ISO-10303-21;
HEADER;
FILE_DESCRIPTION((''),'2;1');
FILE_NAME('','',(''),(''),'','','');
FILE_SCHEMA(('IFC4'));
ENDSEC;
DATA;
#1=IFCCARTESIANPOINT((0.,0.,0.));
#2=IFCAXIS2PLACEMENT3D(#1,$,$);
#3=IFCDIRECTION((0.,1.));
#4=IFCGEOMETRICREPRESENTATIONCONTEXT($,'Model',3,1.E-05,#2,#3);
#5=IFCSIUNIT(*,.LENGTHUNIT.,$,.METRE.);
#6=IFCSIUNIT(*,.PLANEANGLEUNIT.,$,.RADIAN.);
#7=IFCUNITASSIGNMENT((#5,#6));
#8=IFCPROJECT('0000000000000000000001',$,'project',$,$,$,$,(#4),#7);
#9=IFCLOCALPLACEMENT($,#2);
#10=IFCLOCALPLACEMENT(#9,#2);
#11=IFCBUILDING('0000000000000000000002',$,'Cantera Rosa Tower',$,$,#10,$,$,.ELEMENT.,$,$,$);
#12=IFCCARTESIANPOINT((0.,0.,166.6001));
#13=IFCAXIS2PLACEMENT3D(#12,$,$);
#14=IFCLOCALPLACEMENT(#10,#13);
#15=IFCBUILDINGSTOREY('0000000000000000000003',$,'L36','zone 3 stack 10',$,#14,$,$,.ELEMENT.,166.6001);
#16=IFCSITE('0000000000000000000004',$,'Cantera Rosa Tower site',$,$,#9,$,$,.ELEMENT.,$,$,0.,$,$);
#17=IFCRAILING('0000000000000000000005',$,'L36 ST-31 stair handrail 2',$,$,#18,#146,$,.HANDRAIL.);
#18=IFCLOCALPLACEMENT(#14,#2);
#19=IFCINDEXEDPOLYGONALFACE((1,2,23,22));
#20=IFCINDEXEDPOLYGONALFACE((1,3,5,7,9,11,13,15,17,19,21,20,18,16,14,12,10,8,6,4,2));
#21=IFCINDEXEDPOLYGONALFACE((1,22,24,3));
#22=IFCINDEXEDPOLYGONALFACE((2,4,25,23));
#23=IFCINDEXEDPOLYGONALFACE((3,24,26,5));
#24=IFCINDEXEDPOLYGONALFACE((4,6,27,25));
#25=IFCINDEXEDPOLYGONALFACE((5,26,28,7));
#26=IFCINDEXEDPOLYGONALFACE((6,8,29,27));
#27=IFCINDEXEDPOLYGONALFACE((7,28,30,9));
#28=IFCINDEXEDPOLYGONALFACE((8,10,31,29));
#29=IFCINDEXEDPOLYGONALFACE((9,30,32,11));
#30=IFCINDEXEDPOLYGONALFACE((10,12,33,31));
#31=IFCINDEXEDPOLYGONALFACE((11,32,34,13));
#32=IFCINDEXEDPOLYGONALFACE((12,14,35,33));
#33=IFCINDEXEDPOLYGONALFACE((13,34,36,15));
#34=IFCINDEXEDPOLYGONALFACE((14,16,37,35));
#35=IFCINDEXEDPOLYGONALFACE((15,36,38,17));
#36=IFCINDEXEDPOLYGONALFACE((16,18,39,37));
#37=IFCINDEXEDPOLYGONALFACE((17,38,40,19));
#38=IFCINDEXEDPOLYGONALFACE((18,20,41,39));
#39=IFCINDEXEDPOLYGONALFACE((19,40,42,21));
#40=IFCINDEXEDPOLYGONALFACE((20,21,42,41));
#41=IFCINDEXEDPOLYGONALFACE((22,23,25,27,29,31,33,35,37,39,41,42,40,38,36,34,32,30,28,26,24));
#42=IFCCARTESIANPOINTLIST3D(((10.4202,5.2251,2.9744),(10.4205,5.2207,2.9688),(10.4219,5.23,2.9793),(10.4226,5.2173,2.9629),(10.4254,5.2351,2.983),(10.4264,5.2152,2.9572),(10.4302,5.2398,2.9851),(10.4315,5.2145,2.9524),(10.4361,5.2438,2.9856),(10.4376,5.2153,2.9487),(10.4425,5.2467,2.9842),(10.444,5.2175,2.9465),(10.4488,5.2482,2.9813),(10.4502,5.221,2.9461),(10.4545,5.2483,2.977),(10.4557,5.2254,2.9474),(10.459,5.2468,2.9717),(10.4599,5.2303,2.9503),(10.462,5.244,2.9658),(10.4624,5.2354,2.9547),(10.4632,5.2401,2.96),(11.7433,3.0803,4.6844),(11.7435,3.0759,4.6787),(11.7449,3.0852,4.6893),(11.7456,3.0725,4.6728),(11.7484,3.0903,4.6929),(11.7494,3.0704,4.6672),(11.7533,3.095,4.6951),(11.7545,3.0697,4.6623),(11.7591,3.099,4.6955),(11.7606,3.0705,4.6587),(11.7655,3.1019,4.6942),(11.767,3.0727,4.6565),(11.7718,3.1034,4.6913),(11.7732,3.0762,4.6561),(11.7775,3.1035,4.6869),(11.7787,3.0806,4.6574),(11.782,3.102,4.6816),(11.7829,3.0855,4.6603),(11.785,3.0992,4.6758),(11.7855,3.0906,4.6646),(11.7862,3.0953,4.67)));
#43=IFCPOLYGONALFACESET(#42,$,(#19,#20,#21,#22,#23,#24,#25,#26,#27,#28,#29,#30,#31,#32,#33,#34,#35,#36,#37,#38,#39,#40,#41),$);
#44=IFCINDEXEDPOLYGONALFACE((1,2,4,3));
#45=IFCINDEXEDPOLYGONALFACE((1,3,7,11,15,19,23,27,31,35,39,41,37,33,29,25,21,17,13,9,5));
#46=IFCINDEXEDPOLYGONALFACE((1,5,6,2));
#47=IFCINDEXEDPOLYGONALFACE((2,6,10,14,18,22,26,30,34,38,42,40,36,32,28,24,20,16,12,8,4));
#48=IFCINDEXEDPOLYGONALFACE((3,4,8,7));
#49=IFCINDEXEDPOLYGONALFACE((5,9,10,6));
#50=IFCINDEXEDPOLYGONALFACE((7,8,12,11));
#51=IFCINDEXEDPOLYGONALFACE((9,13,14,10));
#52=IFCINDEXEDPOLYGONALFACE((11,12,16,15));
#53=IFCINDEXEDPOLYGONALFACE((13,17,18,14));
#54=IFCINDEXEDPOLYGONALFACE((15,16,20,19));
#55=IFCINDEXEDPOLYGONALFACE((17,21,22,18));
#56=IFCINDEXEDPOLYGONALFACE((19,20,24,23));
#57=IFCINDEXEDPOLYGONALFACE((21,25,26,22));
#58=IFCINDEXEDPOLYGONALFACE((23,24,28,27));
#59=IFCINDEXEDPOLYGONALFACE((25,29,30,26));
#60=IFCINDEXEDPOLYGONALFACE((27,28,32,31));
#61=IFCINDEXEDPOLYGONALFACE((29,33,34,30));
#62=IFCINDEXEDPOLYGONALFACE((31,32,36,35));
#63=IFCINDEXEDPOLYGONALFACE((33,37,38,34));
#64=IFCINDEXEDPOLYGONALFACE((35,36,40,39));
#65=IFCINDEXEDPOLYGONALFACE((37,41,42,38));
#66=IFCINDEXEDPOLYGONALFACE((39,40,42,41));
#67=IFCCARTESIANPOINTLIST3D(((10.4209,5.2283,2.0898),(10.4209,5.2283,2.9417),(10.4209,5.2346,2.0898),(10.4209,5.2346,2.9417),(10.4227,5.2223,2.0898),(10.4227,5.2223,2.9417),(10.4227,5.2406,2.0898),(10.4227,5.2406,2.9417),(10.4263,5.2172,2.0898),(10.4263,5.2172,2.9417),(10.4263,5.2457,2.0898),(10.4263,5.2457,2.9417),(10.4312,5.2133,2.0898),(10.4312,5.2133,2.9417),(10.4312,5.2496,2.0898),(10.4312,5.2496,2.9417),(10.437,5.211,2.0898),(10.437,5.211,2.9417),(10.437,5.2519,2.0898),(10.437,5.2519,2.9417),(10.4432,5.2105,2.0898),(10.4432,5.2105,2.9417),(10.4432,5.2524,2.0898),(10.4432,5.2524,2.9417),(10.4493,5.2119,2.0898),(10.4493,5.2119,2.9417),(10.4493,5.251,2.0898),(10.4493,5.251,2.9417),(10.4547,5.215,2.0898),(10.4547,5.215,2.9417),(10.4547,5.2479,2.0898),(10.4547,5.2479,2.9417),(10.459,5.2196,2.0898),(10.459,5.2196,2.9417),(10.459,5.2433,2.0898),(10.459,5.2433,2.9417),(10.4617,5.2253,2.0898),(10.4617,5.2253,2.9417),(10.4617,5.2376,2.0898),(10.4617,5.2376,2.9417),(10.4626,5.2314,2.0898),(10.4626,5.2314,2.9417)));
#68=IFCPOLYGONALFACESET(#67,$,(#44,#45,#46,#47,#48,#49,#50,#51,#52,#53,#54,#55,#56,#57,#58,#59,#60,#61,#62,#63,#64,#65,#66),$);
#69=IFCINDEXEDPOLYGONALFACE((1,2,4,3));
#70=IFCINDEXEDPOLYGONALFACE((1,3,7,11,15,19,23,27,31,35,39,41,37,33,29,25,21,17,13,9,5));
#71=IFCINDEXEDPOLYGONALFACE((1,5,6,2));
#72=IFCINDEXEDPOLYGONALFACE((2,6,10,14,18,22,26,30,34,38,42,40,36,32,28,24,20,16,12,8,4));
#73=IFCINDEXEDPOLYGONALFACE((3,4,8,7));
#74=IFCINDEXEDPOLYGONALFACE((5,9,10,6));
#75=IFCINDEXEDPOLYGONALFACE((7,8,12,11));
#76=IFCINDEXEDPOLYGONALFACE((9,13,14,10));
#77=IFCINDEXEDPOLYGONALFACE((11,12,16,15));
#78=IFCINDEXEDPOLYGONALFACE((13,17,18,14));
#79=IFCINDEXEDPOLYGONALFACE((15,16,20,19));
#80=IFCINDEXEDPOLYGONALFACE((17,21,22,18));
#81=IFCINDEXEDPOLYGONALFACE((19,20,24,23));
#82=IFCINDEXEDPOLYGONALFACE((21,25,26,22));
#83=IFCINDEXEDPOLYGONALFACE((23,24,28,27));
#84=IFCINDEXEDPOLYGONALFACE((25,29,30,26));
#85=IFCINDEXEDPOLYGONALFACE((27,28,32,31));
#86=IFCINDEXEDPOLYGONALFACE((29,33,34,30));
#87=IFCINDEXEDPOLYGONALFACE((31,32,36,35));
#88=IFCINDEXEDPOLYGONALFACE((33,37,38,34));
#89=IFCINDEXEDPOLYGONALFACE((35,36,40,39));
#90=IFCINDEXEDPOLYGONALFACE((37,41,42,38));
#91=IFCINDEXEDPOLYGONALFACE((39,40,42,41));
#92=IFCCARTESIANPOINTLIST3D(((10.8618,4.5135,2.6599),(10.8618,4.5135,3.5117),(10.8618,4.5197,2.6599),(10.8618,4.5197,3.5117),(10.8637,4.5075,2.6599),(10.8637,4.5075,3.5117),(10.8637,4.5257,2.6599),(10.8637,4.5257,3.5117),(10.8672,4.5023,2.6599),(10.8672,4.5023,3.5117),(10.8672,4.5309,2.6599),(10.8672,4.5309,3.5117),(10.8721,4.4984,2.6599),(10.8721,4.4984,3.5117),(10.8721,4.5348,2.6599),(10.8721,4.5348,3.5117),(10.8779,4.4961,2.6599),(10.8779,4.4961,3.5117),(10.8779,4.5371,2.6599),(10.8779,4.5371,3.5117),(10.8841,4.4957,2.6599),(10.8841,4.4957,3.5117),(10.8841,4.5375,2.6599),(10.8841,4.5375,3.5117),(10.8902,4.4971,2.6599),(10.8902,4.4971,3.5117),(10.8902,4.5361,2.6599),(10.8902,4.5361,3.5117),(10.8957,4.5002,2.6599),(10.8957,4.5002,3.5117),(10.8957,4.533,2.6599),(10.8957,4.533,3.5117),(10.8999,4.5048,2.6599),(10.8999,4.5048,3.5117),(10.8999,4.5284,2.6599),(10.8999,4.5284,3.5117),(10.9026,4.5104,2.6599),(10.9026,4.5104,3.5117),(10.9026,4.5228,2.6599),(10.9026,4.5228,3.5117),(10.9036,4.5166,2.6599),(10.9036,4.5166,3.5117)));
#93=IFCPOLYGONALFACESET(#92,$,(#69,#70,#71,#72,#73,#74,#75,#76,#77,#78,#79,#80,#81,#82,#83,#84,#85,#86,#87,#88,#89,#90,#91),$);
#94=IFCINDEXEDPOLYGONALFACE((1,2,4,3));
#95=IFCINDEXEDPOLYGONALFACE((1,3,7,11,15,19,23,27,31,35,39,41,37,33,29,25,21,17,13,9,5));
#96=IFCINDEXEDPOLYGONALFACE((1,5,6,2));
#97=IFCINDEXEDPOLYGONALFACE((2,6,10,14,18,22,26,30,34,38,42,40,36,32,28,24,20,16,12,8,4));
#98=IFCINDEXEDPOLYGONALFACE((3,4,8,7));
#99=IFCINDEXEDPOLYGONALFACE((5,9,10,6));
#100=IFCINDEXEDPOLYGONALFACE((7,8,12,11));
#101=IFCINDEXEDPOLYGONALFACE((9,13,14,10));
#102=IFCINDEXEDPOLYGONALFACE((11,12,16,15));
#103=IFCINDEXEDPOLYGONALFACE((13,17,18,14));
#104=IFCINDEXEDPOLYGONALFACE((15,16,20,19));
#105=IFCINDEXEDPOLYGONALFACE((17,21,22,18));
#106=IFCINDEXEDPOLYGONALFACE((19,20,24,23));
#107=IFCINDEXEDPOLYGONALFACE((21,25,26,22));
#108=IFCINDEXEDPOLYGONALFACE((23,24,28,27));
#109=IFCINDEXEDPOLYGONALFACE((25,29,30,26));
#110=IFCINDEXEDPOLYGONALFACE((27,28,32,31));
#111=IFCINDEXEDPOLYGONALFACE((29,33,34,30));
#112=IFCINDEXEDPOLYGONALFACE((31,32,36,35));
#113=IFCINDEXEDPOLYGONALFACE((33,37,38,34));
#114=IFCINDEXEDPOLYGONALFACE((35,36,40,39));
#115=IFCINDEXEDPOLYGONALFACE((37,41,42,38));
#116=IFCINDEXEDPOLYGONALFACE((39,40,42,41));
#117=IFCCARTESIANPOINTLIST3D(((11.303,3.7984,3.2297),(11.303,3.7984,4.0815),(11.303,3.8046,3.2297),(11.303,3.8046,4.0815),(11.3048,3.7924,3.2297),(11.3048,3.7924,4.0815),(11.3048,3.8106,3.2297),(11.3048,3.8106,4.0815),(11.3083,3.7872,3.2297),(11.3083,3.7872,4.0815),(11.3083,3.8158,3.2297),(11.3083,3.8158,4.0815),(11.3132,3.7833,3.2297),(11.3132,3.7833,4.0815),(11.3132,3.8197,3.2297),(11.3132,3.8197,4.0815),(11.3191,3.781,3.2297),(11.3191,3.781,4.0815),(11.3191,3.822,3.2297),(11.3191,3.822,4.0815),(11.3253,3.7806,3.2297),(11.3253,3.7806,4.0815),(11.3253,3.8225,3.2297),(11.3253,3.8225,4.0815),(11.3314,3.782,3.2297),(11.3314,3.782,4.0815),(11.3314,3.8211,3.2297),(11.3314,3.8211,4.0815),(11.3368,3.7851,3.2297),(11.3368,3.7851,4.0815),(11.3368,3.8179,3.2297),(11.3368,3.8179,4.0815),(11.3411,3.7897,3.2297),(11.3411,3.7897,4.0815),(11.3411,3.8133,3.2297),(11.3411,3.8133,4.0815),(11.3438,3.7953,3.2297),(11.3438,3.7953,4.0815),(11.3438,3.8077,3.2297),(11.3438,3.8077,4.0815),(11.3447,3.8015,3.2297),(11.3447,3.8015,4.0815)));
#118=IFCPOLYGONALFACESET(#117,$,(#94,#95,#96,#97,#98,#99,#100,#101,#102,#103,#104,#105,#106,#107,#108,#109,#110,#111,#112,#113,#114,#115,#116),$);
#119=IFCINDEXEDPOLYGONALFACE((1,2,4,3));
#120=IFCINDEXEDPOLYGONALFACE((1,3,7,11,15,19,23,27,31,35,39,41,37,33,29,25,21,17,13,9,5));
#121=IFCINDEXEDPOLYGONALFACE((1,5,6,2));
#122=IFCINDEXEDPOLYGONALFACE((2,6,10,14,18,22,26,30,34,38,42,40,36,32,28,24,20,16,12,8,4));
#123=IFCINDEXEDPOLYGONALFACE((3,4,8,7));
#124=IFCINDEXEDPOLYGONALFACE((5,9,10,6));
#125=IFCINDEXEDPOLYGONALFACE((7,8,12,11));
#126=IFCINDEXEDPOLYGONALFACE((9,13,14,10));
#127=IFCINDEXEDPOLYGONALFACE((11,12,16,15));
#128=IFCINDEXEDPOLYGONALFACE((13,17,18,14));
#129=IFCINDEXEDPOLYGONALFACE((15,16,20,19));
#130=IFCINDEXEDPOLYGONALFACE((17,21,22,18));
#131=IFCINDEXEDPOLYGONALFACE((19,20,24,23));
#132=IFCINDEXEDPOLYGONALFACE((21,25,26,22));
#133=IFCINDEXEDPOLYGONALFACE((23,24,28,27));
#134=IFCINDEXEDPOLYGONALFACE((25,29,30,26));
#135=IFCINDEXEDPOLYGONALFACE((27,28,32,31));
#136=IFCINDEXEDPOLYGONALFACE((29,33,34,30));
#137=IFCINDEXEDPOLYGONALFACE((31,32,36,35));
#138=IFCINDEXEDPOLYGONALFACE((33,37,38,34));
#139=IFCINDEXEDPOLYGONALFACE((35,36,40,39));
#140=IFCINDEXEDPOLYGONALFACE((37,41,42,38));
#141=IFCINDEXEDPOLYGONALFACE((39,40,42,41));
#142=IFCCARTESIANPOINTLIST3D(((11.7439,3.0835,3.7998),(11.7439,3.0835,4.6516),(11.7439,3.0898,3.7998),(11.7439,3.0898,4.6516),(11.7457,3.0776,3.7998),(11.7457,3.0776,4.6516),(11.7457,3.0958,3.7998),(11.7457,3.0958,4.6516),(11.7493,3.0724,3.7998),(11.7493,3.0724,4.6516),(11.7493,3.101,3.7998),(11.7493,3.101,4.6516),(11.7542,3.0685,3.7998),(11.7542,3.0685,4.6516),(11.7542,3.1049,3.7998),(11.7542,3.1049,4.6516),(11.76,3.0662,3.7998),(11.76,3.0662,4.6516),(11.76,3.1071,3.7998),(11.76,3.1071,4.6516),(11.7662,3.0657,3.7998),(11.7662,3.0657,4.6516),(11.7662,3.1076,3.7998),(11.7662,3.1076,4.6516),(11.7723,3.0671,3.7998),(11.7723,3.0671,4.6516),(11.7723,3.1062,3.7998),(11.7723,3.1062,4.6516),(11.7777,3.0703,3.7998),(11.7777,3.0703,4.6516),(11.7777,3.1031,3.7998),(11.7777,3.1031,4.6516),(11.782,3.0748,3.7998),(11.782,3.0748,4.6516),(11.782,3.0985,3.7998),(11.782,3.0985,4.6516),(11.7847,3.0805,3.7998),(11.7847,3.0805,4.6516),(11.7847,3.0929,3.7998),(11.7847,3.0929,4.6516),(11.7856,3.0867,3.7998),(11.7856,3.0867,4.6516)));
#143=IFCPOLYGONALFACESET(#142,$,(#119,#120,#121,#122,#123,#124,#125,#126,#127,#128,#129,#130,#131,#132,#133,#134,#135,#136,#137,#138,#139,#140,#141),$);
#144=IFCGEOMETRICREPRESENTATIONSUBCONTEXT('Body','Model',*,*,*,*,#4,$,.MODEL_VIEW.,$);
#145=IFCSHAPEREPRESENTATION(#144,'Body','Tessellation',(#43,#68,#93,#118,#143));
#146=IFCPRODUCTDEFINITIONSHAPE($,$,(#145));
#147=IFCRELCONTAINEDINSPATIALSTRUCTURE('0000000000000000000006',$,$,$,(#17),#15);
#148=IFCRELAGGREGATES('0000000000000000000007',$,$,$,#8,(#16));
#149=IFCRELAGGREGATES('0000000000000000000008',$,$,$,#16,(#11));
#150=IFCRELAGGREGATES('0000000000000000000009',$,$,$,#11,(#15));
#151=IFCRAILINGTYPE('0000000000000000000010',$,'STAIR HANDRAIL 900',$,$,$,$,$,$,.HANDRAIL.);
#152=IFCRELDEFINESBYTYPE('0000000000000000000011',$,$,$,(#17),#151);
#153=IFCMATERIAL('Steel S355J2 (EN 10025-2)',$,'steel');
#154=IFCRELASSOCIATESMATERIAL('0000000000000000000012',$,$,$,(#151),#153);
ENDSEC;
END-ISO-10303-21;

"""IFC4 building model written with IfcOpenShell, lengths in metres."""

from ifc_helpers import new_model, si_unit, direction, frame, origin, origin_2d, place, context, subcontext, project, spatial, circle, extrude, material, type_object, element, save


model = new_model("IFC4")

# Units and contexts
model_context = context("Model", 3, precision=1e-05, world=origin(), true_north=direction((0.0, 1.0)))
body_context = subcontext(model_context, "Body", "Model", "MODEL_VIEW")
ifc_project = project(units=[si_unit("LENGTHUNIT", "METRE"), si_unit("PLANEANGLEUNIT", "RADIAN")], contexts=[model_context])

# Site, building, storey
site_placement = place(None, origin())
site = spatial("IfcSite", under=ifc_project, at=site_placement, Name="Cantera Rosa Tower site", CompositionType="ELEMENT", RefElevation=0.0)
building_placement = place(site_placement, origin())
building = spatial("IfcBuilding", under=site, at=building_placement, Name="Cantera Rosa Tower", CompositionType="ELEMENT")
storey_placement = place(building_placement, frame((0.0, 0.0, 166.6001)))
storey = spatial("IfcBuildingStorey", under=building, at=storey_placement, Name="L36", Description="zone 3 stack 10", CompositionType="ELEMENT", Elevation=166.6001)

# Railing
ifc_material_1 = material(Name="Steel S355J2 (EN 10025-2)", Category="steel")
railing_type_1 = type_object("IfcRailingType", Name="STAIR HANDRAIL 900", PredefinedType="HANDRAIL", material=ifc_material_1)
railing_1_placement = place(storey_placement, frame((10.4417, 5.2314, 2.0898)))
element("IfcRailing", 1, at=railing_1_placement, inside=storey, type_object=railing_type_1, Name="L36 ST-31 stair handrail 2", PredefinedType="HANDRAIL", context=body_context, shape_type="SweptSolid", body=[
    extrude(circle(Radius=0.0239, at=origin_2d()), frame((0.0, 0.0, 0.876), z_axis=(0.434428, -0.704271, 0.561493), x_axis=(0.851102, 0.525, 0.0)), (0.0, 0.0, 1.0), 3.0454),
    extrude(circle(Radius=0.021, at=origin_2d()), origin(), (0.0, 0.0, 1.0), 0.8518),
    extrude(circle(Radius=0.021, at=origin_2d()), frame((0.4409, -0.7148, 0.5701)), (0.0, 0.0, 1.0), 0.8518),
    extrude(circle(Radius=0.021, at=origin_2d()), frame((0.8821, -1.4299, 1.1399)), (0.0, 0.0, 1.0), 0.8518),
    extrude(circle(Radius=0.021, at=origin_2d()), frame((1.323, -2.1448, 1.71)), (0.0, 0.0, 1.0), 0.8518),
])

save(model, "model.ifc")
